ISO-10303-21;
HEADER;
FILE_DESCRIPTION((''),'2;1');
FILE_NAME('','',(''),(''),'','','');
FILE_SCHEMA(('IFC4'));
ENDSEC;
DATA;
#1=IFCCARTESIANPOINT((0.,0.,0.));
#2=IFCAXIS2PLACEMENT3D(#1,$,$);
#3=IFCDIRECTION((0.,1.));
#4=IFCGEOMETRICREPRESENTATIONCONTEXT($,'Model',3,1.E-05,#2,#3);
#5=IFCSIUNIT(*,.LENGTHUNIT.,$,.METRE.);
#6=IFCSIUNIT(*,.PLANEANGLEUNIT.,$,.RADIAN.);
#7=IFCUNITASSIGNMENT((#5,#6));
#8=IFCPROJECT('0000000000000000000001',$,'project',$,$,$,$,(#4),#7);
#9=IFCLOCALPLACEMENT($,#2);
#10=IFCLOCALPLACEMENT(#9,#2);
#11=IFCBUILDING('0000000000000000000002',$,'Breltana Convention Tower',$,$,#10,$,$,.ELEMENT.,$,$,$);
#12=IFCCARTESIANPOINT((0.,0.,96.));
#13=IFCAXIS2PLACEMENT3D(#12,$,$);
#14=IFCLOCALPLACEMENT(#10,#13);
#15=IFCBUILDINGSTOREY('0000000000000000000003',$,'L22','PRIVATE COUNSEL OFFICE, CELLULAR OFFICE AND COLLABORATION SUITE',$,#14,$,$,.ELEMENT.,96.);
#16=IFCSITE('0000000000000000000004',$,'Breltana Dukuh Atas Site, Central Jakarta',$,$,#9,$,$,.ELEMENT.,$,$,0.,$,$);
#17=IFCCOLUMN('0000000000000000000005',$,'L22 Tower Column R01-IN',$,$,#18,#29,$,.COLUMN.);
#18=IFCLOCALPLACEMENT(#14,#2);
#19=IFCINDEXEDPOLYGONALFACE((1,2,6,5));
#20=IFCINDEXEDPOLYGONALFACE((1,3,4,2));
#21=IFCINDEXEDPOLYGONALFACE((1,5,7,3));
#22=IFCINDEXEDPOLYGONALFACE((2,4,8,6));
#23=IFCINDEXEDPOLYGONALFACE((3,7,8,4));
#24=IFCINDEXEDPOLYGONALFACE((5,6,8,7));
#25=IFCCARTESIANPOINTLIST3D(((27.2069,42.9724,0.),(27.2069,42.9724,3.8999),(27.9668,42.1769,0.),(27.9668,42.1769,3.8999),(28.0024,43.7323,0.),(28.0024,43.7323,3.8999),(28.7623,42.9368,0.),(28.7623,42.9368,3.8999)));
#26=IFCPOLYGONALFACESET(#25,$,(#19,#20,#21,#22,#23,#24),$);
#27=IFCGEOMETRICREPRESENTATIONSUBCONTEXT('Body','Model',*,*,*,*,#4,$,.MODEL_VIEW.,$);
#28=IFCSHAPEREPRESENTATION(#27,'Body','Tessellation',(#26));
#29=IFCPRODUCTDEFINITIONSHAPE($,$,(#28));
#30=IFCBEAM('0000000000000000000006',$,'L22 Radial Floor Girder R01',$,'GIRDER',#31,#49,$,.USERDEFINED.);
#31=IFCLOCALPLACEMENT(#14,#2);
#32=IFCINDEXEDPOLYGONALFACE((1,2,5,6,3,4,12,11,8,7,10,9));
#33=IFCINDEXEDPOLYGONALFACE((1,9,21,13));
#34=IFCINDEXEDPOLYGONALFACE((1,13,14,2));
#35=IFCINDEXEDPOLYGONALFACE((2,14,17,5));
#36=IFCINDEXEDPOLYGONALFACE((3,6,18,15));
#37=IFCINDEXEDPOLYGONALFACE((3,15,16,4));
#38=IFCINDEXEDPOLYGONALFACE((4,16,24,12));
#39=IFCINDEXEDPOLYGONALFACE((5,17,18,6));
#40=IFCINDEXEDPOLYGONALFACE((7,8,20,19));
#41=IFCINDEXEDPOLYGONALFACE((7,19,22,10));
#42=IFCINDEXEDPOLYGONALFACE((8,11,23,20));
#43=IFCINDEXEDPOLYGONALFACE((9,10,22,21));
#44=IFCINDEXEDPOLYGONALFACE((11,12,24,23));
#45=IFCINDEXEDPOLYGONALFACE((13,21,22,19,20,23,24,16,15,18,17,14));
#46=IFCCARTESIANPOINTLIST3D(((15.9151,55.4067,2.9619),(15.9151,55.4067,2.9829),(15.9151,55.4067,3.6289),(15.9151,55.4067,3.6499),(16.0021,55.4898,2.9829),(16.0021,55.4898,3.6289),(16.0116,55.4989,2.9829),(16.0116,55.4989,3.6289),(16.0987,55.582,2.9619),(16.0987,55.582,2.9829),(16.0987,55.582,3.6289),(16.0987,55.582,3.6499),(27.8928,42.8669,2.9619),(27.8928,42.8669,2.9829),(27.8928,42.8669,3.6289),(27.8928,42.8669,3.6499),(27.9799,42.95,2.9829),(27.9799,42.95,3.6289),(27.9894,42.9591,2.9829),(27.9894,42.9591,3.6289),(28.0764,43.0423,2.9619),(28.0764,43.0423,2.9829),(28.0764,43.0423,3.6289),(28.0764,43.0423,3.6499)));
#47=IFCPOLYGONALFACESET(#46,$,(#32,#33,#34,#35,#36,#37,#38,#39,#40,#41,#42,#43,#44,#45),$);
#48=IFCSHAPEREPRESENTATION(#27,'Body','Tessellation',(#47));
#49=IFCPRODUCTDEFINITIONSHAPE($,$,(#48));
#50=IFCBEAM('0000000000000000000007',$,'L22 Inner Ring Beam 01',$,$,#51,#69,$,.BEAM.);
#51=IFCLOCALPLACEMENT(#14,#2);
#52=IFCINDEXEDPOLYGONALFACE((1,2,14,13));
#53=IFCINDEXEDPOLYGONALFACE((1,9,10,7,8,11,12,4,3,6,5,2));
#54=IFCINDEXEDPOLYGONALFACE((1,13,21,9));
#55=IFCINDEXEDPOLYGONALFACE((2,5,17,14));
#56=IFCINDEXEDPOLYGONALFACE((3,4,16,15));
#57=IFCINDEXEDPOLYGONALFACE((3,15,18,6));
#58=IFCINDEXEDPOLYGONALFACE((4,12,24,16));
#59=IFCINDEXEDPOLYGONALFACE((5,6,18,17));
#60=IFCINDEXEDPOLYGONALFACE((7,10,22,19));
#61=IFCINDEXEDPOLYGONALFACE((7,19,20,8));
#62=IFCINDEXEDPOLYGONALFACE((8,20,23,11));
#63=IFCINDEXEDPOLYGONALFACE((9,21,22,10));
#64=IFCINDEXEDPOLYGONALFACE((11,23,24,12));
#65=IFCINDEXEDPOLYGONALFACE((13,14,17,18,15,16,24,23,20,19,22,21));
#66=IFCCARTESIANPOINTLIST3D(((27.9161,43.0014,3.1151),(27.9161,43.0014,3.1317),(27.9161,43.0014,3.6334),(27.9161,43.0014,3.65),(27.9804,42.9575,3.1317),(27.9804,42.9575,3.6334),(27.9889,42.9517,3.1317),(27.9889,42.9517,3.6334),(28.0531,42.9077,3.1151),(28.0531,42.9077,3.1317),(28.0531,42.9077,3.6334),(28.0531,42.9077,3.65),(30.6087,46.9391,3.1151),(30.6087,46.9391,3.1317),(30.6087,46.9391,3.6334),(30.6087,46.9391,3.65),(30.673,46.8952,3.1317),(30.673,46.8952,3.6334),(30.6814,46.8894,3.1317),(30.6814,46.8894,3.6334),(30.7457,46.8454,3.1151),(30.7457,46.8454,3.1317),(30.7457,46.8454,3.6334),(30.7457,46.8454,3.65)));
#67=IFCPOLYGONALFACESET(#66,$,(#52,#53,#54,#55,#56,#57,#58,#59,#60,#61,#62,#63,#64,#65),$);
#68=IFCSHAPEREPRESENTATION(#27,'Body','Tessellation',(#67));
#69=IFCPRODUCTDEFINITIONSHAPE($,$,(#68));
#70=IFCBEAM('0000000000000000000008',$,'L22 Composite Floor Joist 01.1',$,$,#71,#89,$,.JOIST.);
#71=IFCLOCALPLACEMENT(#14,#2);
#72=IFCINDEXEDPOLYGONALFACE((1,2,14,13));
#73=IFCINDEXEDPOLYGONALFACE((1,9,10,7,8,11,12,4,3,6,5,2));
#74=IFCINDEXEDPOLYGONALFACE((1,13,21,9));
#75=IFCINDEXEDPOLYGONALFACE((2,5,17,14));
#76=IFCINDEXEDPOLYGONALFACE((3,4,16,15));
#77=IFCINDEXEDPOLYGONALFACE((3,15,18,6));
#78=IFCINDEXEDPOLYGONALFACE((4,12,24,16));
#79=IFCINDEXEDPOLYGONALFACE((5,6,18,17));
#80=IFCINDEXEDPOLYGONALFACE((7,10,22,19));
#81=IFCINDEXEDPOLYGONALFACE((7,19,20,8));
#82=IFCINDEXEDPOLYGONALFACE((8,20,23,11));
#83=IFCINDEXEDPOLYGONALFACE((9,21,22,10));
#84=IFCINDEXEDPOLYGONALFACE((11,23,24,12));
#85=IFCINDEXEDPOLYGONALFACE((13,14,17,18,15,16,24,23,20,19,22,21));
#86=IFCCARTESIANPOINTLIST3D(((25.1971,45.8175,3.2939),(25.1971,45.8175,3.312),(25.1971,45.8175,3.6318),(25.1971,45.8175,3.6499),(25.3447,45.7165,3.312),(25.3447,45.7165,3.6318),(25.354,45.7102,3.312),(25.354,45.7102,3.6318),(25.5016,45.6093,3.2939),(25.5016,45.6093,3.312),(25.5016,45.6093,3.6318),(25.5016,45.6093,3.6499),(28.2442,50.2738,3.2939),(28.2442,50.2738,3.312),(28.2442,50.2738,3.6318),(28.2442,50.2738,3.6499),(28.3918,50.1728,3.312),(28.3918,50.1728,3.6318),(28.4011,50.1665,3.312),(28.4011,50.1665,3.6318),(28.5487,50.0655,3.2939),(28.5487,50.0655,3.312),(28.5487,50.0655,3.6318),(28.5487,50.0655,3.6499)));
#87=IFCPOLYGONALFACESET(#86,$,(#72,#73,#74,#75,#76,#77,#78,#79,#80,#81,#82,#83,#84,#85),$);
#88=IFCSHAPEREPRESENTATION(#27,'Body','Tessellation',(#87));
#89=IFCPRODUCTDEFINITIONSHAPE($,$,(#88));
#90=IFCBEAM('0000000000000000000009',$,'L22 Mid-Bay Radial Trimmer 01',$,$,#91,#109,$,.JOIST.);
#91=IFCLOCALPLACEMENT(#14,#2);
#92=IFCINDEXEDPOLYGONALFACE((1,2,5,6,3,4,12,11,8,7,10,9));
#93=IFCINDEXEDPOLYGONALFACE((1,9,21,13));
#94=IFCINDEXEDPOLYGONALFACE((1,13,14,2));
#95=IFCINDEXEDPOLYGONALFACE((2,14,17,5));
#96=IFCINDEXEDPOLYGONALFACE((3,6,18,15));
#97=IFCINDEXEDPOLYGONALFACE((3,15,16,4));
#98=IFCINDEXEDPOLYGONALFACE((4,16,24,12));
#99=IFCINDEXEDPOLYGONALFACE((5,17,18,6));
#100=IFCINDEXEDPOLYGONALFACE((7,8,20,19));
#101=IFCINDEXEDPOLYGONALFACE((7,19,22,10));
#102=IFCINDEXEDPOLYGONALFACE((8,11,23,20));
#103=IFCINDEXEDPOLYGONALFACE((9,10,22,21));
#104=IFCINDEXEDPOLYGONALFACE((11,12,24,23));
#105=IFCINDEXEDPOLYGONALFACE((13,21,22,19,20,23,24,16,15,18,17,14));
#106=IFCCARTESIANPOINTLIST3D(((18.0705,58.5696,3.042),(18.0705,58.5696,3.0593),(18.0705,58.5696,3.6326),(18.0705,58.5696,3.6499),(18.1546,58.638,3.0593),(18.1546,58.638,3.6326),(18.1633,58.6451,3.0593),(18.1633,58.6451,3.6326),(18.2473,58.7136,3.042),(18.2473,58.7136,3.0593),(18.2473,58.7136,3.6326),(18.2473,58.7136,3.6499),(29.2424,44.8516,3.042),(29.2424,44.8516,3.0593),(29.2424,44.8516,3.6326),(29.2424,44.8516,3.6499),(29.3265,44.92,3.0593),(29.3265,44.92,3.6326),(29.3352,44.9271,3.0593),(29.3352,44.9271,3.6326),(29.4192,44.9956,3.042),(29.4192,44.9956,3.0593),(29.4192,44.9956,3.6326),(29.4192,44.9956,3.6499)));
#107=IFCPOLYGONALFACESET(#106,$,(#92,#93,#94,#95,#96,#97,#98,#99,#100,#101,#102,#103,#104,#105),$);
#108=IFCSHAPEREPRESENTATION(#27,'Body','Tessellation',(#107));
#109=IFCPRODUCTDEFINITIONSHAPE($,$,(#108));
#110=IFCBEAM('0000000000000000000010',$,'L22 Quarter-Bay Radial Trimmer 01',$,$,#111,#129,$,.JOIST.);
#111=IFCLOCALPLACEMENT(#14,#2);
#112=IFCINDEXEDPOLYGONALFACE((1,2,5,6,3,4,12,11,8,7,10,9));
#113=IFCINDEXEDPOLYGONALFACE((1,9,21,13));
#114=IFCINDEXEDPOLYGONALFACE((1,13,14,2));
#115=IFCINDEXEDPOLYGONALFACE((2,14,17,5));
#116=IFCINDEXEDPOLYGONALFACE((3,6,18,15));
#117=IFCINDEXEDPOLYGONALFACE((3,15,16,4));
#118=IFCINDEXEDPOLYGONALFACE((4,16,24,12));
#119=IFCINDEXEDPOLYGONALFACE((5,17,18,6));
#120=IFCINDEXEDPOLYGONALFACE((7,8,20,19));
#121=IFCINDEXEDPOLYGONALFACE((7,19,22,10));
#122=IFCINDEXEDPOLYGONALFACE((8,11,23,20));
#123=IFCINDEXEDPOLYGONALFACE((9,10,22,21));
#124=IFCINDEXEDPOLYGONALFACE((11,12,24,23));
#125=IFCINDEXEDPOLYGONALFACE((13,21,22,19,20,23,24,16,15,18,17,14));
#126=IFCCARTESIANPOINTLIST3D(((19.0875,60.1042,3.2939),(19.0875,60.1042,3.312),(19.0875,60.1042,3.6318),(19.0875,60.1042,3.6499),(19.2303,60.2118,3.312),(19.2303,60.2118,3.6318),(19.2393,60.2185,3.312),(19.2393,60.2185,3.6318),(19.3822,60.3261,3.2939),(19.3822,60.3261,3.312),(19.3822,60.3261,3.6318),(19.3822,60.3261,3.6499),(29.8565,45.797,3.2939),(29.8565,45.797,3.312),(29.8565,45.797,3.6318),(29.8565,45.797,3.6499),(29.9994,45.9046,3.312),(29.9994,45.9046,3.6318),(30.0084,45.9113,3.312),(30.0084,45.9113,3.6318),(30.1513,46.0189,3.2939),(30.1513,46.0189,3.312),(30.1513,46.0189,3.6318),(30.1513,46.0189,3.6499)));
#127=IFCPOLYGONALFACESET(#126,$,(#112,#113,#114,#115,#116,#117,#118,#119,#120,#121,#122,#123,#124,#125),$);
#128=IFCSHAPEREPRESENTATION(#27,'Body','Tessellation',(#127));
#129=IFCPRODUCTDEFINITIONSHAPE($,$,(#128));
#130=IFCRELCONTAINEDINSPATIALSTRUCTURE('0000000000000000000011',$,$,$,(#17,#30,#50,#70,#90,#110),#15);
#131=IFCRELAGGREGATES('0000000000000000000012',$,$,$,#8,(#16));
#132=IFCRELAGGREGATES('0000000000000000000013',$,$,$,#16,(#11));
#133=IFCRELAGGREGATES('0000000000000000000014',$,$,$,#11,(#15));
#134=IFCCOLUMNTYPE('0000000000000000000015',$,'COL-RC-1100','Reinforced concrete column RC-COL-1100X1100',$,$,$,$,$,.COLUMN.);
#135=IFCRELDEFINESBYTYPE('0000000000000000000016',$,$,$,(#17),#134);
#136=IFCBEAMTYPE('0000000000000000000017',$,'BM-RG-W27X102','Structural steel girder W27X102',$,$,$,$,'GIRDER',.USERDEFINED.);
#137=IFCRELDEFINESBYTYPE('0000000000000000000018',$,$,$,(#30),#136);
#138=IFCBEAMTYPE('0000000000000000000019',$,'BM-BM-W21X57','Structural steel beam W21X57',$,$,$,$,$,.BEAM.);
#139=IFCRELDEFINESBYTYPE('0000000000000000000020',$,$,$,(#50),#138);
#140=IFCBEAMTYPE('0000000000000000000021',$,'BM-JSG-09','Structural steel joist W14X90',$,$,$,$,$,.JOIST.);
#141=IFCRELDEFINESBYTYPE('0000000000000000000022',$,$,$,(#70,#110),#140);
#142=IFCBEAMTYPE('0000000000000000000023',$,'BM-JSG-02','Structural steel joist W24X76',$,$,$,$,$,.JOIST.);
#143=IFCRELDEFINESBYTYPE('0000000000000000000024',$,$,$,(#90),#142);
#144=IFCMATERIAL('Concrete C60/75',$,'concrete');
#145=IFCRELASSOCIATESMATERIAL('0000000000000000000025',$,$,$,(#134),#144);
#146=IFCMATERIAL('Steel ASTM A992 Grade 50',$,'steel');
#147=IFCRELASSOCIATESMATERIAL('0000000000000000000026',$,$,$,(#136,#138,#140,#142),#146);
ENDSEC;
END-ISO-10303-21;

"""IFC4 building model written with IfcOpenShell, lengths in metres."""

from ifc_helpers import new_model, si_unit, direction, frame, origin, origin_2d, place, context, subcontext, project, spatial, rectangle, i_section, extrude, source, transform, mapped, material, material_profile, profile_set, type_object, type_shapes, element, save


model = new_model("IFC4")

# Units and contexts
model_context = context("Model", 3, precision=1e-05, world=origin(), true_north=direction((0.0, 1.0)))
body_context = subcontext(model_context, "Body", "Model", "MODEL_VIEW")
ifc_project = project(units=[si_unit("LENGTHUNIT", "METRE"), si_unit("PLANEANGLEUNIT", "RADIAN")], contexts=[model_context])

# Site, building, storey
site_placement = place(None, origin())
site = spatial("IfcSite", under=ifc_project, at=site_placement, Name="Breltana Dukuh Atas Site, Central Jakarta", CompositionType="ELEMENT", RefElevation=0.0)
building_placement = place(site_placement, origin())
building = spatial("IfcBuilding", under=site, at=building_placement, Name="Breltana Convention Tower", CompositionType="ELEMENT")
storey_placement = place(building_placement, frame((0.0, 0.0, 96.0)))
storey = spatial("IfcBuildingStorey", under=building, at=storey_placement, Name="L22", Description="PRIVATE COUNSEL OFFICE, CELLULAR OFFICE AND COLLABORATION SUITE", CompositionType="ELEMENT", Elevation=96.0)

# Column
ifc_material_1 = material(Name="Concrete C60/75", Category="concrete")
ifc_material_profile_1 = material_profile(ifc_material_1, rectangle(XDim=1.1001, YDim=1.1001, at=origin_2d()), Name="RC-COL-1100X1100")
ifc_profile_set_1 = profile_set([ifc_material_profile_1], Name="Concrete C60/75")
column_type = type_object("IfcColumnType", Name="COL-RC-1100", Description="Reinforced concrete column RC-COL-1100X1100", PredefinedType="COLUMN", material=ifc_profile_set_1)
shared_shape_1 = source(origin(), body_context, "Body", "SweptSolid", [
    extrude(rectangle(XDim=1.1001, YDim=1.1001, at=origin_2d()), origin(), (0.0, 0.0, 1.0), 3.8999),
])
column_placement = place(storey_placement, frame((27.9846, 42.9546, 0.0), z_axis=(0.0, 0.0, 1.0), x_axis=(-0.690756, 0.723088, 0.0)))
element("IfcColumn", 1, at=column_placement, inside=storey, type_object=column_type, Name="L22 Tower Column R01-IN", PredefinedType="COLUMN", context=body_context, shape_type="MappedRepresentation", body=[
    mapped(shared_shape_1, transform((0.0, 0.0, 0.0), scale=1.0)),
])

# Beams
ifc_material_2 = material(Name="Steel ASTM A992 Grade 50", Category="steel")
ifc_material_profile_2 = material_profile(ifc_material_2, i_section(OverallWidth=0.2539, OverallDepth=0.688, WebThickness=0.0132, FlangeThickness=0.021, at=origin_2d()), Name="W27X102")
ifc_profile_set_2 = profile_set([ifc_material_profile_2], Name="Steel ASTM A992 Grade 50")
beam_type_1 = type_object("IfcBeamType", Name="BM-RG-W27X102", Description="Structural steel girder W27X102", ElementType="GIRDER", PredefinedType="USERDEFINED", material=ifc_profile_set_2)
shared_shape_2 = source(origin(), body_context, "Body", "SweptSolid", [
    extrude(i_section(OverallWidth=0.2539, OverallDepth=0.688, WebThickness=0.0132, FlangeThickness=0.021, at=origin_2d()), origin(), (0.0, 0.0, 1.0), 17.3411),
])
type_shapes(beam_type_1, [shared_shape_2])
beam_1_placement = place(storey_placement, frame((27.9846, 42.9546, 3.3059), z_axis=(-0.690716, 0.723126, 0.0), x_axis=(-0.723126, -0.690716, 0.0)))
element("IfcBeam", 2, at=beam_1_placement, inside=storey, type_object=beam_type_1, Name="L22 Radial Floor Girder R01", ObjectType="GIRDER", PredefinedType="USERDEFINED", context=body_context, shape_type="MappedRepresentation", body=[
    mapped(shared_shape_2, transform((0.0, 0.0, 0.0), scale=1.0)),
])
ifc_material_profile_3 = material_profile(ifc_material_2, i_section(OverallWidth=0.166, OverallDepth=0.5349, WebThickness=0.0103, FlangeThickness=0.0166, at=origin_2d()), Name="W21X57")
ifc_profile_set_3 = profile_set([ifc_material_profile_3], Name="Steel ASTM A992 Grade 50")
beam_type_2 = type_object("IfcBeamType", Name="BM-BM-W21X57", Description="Structural steel beam W21X57", PredefinedType="BEAM", material=ifc_profile_set_3)
shared_shape_3 = source(origin(), body_context, "Body", "SweptSolid", [
    extrude(i_section(OverallWidth=0.166, OverallDepth=0.5349, WebThickness=0.0103, FlangeThickness=0.0166, at=origin_2d()), origin(), (0.0, 0.0, 1.0), 4.7703),
])
beam_2_placement = place(storey_placement, frame((27.9846, 42.9546, 3.3826), z_axis=(0.564453, 0.825465, 0.0), x_axis=(-0.825465, 0.564453, 0.0)))
element("IfcBeam", 3, at=beam_2_placement, inside=storey, type_object=beam_type_2, Name="L22 Inner Ring Beam 01", PredefinedType="BEAM", context=body_context, shape_type="MappedRepresentation", body=[
    mapped(shared_shape_3, transform((0.0, 0.0, 0.0), scale=1.0)),
])
ifc_material_profile_4 = material_profile(ifc_material_2, i_section(OverallWidth=0.3689, OverallDepth=0.356, WebThickness=0.0112, FlangeThickness=0.0181, at=origin_2d()), Name="W14X90")
ifc_profile_set_4 = profile_set([ifc_material_profile_4], Name="Steel ASTM A992 Grade 50")
beam_type_3 = type_object("IfcBeamType", Name="BM-JSG-09", Description="Structural steel joist W14X90", PredefinedType="JOIST", material=ifc_profile_set_4)
shared_shape_4 = source(origin(), body_context, "Body", "SweptSolid", [
    extrude(i_section(OverallWidth=0.3689, OverallDepth=0.356, WebThickness=0.0112, FlangeThickness=0.0181, at=origin_2d()), origin(), (0.0, 0.0, 1.0), 5.3984),
])
beam_3_placement = place(storey_placement, frame((25.3494, 45.7134, 3.4719), z_axis=(0.564441, 0.825474, 0.0), x_axis=(-0.825474, 0.564441, 0.0)))
element("IfcBeam", 4, at=beam_3_placement, inside=storey, type_object=beam_type_3, Name="L22 Composite Floor Joist 01.1", PredefinedType="JOIST", context=body_context, shape_type="MappedRepresentation", body=[
    mapped(shared_shape_4, transform((0.0, 0.0, 0.0), scale=1.0)),
])
ifc_material_profile_5 = material_profile(ifc_material_2, i_section(OverallWidth=0.228, OverallDepth=0.6079, WebThickness=0.0112, FlangeThickness=0.0173, at=origin_2d()), Name="W24X76")
ifc_profile_set_5 = profile_set([ifc_material_profile_5], Name="Steel ASTM A992 Grade 50")
beam_type_4 = type_object("IfcBeamType", Name="BM-JSG-02", Description="Structural steel joist W24X76", PredefinedType="JOIST", material=ifc_profile_set_5)
shared_shape_5 = source(origin(), body_context, "Body", "SweptSolid", [
    extrude(i_section(OverallWidth=0.228, OverallDepth=0.6079, WebThickness=0.0112, FlangeThickness=0.0173, at=origin_2d()), origin(), (0.0, 0.0, 1.0), 17.6917),
])
type_shapes(beam_type_4, [shared_shape_5])
beam_4_placement = place(storey_placement, frame((29.3308, 44.9236, 3.3459), z_axis=(-0.631477, 0.775395, 0.0), x_axis=(-0.775395, -0.631477, 0.0)))
element("IfcBeam", 5, at=beam_4_placement, inside=storey, type_object=beam_type_4, Name="L22 Mid-Bay Radial Trimmer 01", PredefinedType="JOIST", context=body_context, shape_type="MappedRepresentation", body=[
    mapped(shared_shape_5, transform((0.0, 0.0, 0.0), scale=1.0)),
])
shared_shape_6 = source(origin(), body_context, "Body", "SweptSolid", [
    extrude(i_section(OverallWidth=0.3689, OverallDepth=0.356, WebThickness=0.0112, FlangeThickness=0.0181, at=origin_2d()), origin(), (0.0, 0.0, 1.0), 17.9072),
])
beam_5_placement = place(storey_placement, frame((30.0039, 45.908, 3.4719), z_axis=(-0.601382, 0.798962, 0.0), x_axis=(-0.798962, -0.601382, 0.0)))
element("IfcBeam", 6, at=beam_5_placement, inside=storey, type_object=beam_type_3, Name="L22 Quarter-Bay Radial Trimmer 01", PredefinedType="JOIST", context=body_context, shape_type="MappedRepresentation", body=[
    mapped(shared_shape_6, transform((0.0, 0.0, 0.0), scale=1.0)),
])

save(model, "model.ifc")
